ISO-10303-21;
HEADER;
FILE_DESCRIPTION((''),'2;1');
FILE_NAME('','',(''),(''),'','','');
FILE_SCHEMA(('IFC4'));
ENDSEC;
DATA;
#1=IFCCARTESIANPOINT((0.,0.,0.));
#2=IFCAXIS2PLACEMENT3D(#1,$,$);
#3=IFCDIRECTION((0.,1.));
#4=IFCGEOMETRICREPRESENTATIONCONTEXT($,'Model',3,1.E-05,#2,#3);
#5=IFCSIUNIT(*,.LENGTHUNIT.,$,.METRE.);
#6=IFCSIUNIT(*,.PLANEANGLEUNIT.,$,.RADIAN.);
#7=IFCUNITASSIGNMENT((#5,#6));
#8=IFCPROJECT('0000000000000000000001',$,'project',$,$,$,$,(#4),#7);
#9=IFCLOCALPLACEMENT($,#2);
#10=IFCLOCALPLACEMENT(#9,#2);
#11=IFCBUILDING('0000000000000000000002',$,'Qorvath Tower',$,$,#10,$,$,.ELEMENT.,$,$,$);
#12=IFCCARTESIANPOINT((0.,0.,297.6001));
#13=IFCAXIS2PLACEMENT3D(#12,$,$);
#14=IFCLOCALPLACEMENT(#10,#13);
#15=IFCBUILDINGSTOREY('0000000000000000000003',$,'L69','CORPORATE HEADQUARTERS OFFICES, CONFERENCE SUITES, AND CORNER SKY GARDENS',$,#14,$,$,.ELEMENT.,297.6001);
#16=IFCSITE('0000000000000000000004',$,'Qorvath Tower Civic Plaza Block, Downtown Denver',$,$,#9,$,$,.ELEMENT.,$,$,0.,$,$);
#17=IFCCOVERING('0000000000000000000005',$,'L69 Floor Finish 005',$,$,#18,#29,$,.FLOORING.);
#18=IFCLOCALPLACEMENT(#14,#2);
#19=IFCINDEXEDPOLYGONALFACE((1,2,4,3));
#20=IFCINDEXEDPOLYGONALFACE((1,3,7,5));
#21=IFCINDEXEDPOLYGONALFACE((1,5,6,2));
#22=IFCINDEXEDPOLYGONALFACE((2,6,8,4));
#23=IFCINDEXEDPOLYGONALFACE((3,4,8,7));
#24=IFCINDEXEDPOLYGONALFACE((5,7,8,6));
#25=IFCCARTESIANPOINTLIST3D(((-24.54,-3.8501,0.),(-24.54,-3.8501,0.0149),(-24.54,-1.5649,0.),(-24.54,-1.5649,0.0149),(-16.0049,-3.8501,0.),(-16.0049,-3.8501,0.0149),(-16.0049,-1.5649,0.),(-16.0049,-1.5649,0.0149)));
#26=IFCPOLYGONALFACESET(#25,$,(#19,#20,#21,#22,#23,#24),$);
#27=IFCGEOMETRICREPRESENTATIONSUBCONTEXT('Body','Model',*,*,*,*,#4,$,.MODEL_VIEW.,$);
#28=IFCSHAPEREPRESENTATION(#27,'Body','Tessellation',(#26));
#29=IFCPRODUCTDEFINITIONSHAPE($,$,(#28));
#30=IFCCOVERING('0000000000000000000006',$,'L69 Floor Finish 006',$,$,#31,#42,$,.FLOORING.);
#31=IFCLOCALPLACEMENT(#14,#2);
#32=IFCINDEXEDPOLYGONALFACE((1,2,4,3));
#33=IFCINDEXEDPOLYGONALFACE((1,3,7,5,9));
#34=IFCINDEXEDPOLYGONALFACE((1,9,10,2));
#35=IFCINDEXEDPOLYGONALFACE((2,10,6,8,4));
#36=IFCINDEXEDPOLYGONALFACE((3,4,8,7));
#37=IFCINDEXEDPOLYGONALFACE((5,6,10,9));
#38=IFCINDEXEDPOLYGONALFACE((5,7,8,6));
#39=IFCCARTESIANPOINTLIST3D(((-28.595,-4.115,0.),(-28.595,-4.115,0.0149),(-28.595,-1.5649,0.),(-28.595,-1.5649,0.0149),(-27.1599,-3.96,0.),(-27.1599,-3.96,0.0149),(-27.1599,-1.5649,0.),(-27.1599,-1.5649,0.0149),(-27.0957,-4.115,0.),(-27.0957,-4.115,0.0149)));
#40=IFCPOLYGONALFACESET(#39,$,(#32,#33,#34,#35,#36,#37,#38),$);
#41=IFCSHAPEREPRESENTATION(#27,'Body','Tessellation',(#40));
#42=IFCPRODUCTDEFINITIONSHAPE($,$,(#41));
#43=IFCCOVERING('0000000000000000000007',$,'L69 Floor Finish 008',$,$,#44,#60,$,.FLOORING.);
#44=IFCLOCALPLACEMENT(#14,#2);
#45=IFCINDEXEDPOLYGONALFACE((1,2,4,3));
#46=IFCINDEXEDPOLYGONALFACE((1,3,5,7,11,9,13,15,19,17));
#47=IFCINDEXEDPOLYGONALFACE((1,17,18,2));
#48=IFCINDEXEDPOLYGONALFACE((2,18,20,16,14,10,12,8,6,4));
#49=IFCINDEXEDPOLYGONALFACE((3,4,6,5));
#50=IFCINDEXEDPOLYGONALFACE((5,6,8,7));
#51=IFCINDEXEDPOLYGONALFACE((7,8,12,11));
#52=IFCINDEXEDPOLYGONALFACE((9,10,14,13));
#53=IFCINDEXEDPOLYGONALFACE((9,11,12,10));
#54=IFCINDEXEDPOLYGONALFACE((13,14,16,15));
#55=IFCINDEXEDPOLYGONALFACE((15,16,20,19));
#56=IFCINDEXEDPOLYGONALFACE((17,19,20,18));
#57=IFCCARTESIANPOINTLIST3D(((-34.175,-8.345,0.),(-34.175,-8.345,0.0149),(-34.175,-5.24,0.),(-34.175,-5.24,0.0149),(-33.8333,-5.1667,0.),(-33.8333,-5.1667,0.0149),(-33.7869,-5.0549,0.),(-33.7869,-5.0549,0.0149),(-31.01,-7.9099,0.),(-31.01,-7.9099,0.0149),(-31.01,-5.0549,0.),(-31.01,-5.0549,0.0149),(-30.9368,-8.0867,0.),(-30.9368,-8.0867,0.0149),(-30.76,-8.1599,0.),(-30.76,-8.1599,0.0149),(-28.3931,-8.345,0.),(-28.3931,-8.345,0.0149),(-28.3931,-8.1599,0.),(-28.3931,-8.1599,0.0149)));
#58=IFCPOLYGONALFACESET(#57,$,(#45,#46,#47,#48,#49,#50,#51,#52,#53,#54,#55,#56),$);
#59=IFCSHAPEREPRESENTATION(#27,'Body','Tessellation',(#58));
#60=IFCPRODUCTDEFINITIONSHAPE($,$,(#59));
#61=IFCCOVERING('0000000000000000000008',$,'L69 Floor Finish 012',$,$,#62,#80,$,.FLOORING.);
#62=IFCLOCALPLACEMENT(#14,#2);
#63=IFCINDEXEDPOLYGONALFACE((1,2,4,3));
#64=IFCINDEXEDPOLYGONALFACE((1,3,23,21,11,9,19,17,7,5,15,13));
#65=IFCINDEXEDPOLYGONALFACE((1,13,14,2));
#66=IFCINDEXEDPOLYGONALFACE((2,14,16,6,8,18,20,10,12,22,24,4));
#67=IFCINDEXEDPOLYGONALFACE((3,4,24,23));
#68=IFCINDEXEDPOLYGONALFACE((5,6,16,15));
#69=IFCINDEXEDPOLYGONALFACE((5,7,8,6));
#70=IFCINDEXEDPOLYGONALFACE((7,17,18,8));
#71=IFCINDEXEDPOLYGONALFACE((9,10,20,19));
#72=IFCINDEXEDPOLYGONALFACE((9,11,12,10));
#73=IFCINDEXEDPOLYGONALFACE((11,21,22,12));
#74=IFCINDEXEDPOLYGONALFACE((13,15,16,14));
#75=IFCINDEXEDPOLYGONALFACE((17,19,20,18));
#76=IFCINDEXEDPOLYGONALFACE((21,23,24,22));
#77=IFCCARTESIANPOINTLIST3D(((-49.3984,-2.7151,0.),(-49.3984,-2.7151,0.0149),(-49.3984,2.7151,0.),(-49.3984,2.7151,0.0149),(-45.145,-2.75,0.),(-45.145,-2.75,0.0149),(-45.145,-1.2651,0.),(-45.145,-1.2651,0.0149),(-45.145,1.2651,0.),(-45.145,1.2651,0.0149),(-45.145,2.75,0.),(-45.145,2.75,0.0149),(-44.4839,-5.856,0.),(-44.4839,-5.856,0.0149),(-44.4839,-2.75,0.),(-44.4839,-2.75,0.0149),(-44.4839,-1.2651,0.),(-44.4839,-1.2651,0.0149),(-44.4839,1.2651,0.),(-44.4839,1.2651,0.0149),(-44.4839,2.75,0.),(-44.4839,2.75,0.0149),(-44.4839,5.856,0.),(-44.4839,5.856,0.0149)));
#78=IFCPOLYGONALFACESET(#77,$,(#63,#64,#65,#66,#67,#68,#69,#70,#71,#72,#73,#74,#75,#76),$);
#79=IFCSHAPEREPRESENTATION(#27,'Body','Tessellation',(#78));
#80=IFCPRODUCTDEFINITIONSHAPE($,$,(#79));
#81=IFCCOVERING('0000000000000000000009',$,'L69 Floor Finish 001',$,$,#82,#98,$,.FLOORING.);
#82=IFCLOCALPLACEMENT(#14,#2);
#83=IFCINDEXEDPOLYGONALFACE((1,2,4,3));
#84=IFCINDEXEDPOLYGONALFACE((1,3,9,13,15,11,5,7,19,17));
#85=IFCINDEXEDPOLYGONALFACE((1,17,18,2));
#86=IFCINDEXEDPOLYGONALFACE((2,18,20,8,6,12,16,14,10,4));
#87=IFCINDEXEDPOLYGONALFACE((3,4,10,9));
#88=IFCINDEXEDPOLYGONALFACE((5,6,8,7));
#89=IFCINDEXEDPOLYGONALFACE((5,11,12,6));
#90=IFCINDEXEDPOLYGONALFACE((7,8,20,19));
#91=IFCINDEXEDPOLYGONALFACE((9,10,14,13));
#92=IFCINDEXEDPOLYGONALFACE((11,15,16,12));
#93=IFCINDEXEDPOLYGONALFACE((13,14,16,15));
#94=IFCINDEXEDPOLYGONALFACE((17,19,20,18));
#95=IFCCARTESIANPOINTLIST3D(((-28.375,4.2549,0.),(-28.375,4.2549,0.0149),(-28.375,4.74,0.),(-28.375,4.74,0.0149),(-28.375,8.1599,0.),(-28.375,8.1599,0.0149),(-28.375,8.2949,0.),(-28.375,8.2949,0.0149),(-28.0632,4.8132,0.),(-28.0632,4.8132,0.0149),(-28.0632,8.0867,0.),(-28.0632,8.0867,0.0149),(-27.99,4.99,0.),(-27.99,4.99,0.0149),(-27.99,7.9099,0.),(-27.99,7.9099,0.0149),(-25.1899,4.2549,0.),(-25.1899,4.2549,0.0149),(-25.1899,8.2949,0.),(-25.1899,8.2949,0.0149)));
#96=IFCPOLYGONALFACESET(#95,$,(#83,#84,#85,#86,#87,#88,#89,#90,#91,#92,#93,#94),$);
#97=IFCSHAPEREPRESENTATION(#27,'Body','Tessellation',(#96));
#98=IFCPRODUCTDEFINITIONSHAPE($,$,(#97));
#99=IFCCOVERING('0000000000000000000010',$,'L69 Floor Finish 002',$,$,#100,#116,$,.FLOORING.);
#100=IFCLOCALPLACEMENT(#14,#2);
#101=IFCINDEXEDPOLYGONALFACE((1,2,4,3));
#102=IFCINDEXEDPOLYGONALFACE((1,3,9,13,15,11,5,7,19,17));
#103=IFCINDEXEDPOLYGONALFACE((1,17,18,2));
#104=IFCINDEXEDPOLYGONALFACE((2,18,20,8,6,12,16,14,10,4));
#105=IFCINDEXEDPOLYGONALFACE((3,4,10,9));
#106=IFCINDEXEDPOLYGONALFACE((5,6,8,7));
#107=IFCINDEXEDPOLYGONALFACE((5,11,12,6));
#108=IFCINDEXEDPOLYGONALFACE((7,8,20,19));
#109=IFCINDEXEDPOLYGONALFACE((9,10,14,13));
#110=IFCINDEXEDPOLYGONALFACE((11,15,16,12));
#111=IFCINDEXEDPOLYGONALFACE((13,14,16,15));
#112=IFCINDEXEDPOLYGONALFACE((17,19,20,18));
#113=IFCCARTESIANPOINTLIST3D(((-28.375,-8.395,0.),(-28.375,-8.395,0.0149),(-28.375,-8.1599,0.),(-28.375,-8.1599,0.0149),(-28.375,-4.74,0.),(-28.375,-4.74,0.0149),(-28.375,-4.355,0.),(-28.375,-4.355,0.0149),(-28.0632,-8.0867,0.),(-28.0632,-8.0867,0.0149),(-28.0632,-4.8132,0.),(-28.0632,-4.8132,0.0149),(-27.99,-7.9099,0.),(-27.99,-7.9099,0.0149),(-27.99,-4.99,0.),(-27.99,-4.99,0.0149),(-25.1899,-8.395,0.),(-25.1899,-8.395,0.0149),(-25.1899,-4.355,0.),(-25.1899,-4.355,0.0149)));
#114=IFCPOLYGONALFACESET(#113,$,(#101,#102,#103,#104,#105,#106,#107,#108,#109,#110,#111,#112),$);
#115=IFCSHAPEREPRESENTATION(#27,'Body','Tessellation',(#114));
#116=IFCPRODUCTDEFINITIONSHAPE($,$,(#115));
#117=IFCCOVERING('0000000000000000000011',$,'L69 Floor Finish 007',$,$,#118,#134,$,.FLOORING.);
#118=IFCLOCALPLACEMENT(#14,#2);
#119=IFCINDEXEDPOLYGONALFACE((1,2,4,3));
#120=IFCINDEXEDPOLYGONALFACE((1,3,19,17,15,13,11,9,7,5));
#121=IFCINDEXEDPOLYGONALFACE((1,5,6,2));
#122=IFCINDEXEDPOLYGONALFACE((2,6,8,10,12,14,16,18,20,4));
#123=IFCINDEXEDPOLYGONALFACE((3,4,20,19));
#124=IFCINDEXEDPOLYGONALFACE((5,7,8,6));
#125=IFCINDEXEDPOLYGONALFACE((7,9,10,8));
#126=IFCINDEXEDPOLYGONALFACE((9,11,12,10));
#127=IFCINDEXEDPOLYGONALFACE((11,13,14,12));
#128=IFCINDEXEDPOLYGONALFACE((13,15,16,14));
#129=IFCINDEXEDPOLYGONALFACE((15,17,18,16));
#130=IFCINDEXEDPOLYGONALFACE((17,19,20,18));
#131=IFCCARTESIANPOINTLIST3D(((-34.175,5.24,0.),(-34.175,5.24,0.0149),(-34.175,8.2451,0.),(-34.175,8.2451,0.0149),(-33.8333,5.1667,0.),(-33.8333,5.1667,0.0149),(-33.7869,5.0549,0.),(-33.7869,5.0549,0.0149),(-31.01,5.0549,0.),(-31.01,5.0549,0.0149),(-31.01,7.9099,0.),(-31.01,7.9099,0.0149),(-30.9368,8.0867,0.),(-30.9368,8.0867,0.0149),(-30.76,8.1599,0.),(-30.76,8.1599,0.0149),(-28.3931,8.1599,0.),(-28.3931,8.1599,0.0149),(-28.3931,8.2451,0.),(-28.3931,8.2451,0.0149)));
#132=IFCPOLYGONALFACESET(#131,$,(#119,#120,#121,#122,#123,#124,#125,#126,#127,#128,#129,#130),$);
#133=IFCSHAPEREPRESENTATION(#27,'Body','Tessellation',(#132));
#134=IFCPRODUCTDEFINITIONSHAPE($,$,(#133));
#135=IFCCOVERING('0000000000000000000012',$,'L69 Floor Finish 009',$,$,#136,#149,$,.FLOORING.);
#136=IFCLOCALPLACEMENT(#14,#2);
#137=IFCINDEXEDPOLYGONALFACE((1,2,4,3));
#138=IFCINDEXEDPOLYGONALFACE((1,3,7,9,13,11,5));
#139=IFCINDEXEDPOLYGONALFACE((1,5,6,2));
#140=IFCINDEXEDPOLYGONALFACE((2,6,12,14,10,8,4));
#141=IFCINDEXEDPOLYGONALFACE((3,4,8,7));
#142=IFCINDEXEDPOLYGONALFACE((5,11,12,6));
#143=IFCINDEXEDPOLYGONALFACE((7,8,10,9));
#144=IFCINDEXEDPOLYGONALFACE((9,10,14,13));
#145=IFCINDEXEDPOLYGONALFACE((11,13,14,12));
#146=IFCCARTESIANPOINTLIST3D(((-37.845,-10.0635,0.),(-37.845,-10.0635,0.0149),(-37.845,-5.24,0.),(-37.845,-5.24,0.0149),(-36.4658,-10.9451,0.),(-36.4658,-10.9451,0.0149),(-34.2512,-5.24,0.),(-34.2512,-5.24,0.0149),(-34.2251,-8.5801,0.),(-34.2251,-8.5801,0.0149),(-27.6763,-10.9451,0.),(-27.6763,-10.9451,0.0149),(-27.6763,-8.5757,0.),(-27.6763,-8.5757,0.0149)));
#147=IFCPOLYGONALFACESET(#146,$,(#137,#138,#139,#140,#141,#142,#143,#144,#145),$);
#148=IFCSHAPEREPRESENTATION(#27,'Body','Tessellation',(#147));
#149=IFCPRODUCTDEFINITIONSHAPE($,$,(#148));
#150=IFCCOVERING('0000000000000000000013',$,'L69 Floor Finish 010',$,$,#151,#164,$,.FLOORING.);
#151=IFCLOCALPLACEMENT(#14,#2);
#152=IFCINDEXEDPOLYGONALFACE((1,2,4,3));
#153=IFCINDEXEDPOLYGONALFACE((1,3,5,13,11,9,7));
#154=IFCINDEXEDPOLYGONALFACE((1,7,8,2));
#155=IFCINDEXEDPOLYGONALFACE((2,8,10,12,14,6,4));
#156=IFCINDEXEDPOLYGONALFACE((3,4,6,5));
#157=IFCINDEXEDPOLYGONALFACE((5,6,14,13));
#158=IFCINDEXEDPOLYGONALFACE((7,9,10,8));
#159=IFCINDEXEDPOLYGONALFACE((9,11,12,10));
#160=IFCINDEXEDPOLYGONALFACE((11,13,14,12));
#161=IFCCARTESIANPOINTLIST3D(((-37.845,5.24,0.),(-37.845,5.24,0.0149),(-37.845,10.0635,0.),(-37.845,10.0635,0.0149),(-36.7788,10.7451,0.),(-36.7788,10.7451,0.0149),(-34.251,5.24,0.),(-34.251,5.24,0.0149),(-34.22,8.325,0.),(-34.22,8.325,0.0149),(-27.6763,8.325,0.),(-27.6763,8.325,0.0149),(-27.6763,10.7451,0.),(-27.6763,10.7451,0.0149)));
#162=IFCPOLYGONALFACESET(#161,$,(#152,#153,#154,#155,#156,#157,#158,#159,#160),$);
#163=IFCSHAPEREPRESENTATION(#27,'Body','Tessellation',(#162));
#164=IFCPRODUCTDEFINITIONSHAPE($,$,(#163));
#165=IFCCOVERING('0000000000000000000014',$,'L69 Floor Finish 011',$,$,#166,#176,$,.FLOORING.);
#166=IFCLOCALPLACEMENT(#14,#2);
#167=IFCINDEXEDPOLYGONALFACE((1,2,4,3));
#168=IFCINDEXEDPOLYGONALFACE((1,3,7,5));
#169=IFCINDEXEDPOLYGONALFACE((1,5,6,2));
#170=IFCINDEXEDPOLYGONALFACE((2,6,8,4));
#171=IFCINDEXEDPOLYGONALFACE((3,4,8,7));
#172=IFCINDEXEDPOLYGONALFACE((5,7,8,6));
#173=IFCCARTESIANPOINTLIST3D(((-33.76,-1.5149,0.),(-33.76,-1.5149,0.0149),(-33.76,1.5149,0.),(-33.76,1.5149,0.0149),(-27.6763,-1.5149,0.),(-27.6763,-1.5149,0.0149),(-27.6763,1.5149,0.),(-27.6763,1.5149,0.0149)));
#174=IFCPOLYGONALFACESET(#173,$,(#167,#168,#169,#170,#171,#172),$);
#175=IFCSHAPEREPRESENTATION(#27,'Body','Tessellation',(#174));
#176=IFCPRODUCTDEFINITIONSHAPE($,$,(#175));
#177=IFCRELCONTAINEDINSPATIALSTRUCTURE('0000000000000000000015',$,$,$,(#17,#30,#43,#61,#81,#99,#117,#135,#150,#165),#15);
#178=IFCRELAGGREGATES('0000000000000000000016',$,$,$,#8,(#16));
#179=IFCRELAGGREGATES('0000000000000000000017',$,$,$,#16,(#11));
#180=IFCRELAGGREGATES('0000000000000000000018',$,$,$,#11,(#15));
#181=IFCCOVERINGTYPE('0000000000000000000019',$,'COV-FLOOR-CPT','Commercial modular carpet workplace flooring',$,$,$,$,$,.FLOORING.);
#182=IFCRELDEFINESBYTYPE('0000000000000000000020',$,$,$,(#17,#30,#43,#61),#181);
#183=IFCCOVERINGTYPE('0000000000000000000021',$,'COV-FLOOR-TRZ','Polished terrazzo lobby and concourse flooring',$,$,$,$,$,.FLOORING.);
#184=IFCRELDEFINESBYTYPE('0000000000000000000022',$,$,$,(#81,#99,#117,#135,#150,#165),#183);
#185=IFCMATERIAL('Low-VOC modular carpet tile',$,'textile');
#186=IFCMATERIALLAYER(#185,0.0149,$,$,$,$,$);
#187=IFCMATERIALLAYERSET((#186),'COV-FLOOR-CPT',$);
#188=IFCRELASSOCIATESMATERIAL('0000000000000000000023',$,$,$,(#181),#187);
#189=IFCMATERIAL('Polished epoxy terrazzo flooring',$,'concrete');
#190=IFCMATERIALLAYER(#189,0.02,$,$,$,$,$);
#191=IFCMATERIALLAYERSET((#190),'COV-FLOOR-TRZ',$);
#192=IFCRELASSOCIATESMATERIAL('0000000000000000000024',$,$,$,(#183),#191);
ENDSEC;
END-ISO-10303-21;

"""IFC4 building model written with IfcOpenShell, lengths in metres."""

from ifc_helpers import new_model, si_unit, direction, frame, origin, place, context, subcontext, project, spatial, polyline, outline, extrude, material, layer, layer_set, type_object, element, save


model = new_model("IFC4")

# Units and contexts
model_context = context("Model", 3, precision=1e-05, world=origin(), true_north=direction((0.0, 1.0)))
body_context = subcontext(model_context, "Body", "Model", "MODEL_VIEW")
ifc_project = project(units=[si_unit("LENGTHUNIT", "METRE"), si_unit("PLANEANGLEUNIT", "RADIAN")], contexts=[model_context])

# Site, building, storey
site_placement = place(None, origin())
site = spatial("IfcSite", under=ifc_project, at=site_placement, Name="Qorvath Tower Civic Plaza Block, Downtown Denver", CompositionType="ELEMENT", RefElevation=0.0)
building_placement = place(site_placement, origin())
building = spatial("IfcBuilding", under=site, at=building_placement, Name="Qorvath Tower", CompositionType="ELEMENT")
storey_placement = place(building_placement, frame((0.0, 0.0, 297.6001)))
storey = spatial("IfcBuildingStorey", under=building, at=storey_placement, Name="L69", Description="CORPORATE HEADQUARTERS OFFICES, CONFERENCE SUITES, AND CORNER SKY GARDENS", CompositionType="ELEMENT", Elevation=297.6001)

# Coverings
ifc_material_1 = material(Name="Low-VOC modular carpet tile", Category="textile")
ifc_layer_1 = layer(ifc_material_1, 0.0149)
ifc_layer_set_1 = layer_set([ifc_layer_1], Name="COV-FLOOR-CPT")
covering_type_1 = type_object("IfcCoveringType", Name="COV-FLOOR-CPT", Description="Commercial modular carpet workplace flooring", PredefinedType="FLOORING", material=ifc_layer_set_1)
covering_1_placement = place(storey_placement, origin())
element("IfcCovering", 1, at=covering_1_placement, inside=storey, type_object=covering_type_1, Name="L69 Floor Finish 005", PredefinedType="FLOORING", context=body_context, shape_type="SweptSolid", body=[
    extrude(outline(polyline([(-24.54, -1.5649), (-24.54, -3.8501), (-16.0049, -3.8501), (-16.0049, -1.5649), (-24.54, -1.5649)])), origin(), (0.0, 0.0, 1.0), 0.0149),
])
covering_2_placement = place(storey_placement, origin())
element("IfcCovering", 2, at=covering_2_placement, inside=storey, type_object=covering_type_1, Name="L69 Floor Finish 006", PredefinedType="FLOORING", context=body_context, shape_type="SweptSolid", body=[
    extrude(outline(polyline([(-27.0957, -4.115), (-27.1599, -3.96), (-27.1599, -1.5649), (-28.595, -1.5649), (-28.595, -4.115), (-27.0957, -4.115)])), origin(), (0.0, 0.0, 1.0), 0.0149),
])
covering_3_placement = place(storey_placement, origin())
element("IfcCovering", 3, at=covering_3_placement, inside=storey, type_object=covering_type_1, Name="L69 Floor Finish 008", PredefinedType="FLOORING", context=body_context, shape_type="SweptSolid", body=[
    extrude(outline(polyline([(-33.7869, -5.0549), (-33.8333, -5.1667), (-34.175, -5.24), (-34.175, -8.345), (-28.3931, -8.345), (-28.3931, -8.1599), (-30.76, -8.1599), (-30.9368, -8.0867), (-31.01, -7.9099), (-31.01, -5.0549), (-33.7869, -5.0549)])), origin(), (0.0, 0.0, 1.0), 0.0149),
])
covering_4_placement = place(storey_placement, origin())
element("IfcCovering", 4, at=covering_4_placement, inside=storey, type_object=covering_type_1, Name="L69 Floor Finish 012", PredefinedType="FLOORING", context=body_context, shape_type="SweptSolid", body=[
    extrude(outline(polyline([(-44.4839, -5.856), (-44.4839, -2.75), (-45.145, -2.75), (-45.145, -1.2651), (-44.4839, -1.2651), (-44.4839, 1.2651), (-45.145, 1.2651), (-45.145, 2.75), (-44.4839, 2.75), (-44.4839, 5.856), (-49.3984, 2.7151), (-49.3984, -2.7151), (-44.4839, -5.856)])), origin(), (0.0, 0.0, 1.0), 0.0149),
])
ifc_material_2 = material(Name="Polished epoxy terrazzo flooring", Category="concrete")
ifc_layer_2 = layer(ifc_material_2, 0.02)
ifc_layer_set_2 = layer_set([ifc_layer_2], Name="COV-FLOOR-TRZ")
covering_type_2 = type_object("IfcCoveringType", Name="COV-FLOOR-TRZ", Description="Polished terrazzo lobby and concourse flooring", PredefinedType="FLOORING", material=ifc_layer_set_2)
covering_5_placement = place(storey_placement, origin())
element("IfcCovering", 5, at=covering_5_placement, inside=storey, type_object=covering_type_2, Name="L69 Floor Finish 001", PredefinedType="FLOORING", context=body_context, shape_type="SweptSolid", body=[
    extrude(outline(polyline([(-25.1899, 4.2549), (-25.1899, 8.2949), (-28.375, 8.2949), (-28.375, 8.1599), (-28.0632, 8.0867), (-27.99, 7.9099), (-27.99, 4.99), (-28.0632, 4.8132), (-28.375, 4.74), (-28.375, 4.2549), (-25.1899, 4.2549)])), origin(), (0.0, 0.0, 1.0), 0.0149),
])
covering_6_placement = place(storey_placement, origin())
element("IfcCovering", 6, at=covering_6_placement, inside=storey, type_object=covering_type_2, Name="L69 Floor Finish 002", PredefinedType="FLOORING", context=body_context, shape_type="SweptSolid", body=[
    extrude(outline(polyline([(-25.1899, -8.395), (-25.1899, -4.355), (-28.375, -4.355), (-28.375, -4.74), (-28.0632, -4.8132), (-27.99, -4.99), (-27.99, -7.9099), (-28.0632, -8.0867), (-28.375, -8.1599), (-28.375, -8.395), (-25.1899, -8.395)])), origin(), (0.0, 0.0, 1.0), 0.0149),
])
covering_7_placement = place(storey_placement, origin())
element("IfcCovering", 7, at=covering_7_placement, inside=storey, type_object=covering_type_2, Name="L69 Floor Finish 007", PredefinedType="FLOORING", context=body_context, shape_type="SweptSolid", body=[
    extrude(outline(polyline([(-31.01, 5.0549), (-31.01, 7.9099), (-30.9368, 8.0867), (-30.76, 8.1599), (-28.3931, 8.1599), (-28.3931, 8.2451), (-34.175, 8.2451), (-34.175, 5.24), (-33.8333, 5.1667), (-33.7869, 5.0549), (-31.01, 5.0549)])), origin(), (0.0, 0.0, 1.0), 0.0149),
])
covering_8_placement = place(storey_placement, origin())
element("IfcCovering", 8, at=covering_8_placement, inside=storey, type_object=covering_type_2, Name="L69 Floor Finish 009", PredefinedType="FLOORING", context=body_context, shape_type="SweptSolid", body=[
    extrude(outline(polyline([(-34.2251, -8.5801), (-34.2512, -5.24), (-37.845, -5.24), (-37.845, -10.0635), (-36.4658, -10.9451), (-27.6763, -10.9451), (-27.6763, -8.5757), (-34.2251, -8.5801)])), origin(), (0.0, 0.0, 1.0), 0.0149),
])
covering_9_placement = place(storey_placement, origin())
element("IfcCovering", 9, at=covering_9_placement, inside=storey, type_object=covering_type_2, Name="L69 Floor Finish 010", PredefinedType="FLOORING", context=body_context, shape_type="SweptSolid", body=[
    extrude(outline(polyline([(-27.6763, 8.325), (-27.6763, 10.7451), (-36.7788, 10.7451), (-37.845, 10.0635), (-37.845, 5.24), (-34.251, 5.24), (-34.22, 8.325), (-27.6763, 8.325)])), origin(), (0.0, 0.0, 1.0), 0.0149),
])
covering_10_placement = place(storey_placement, origin())
element("IfcCovering", 10, at=covering_10_placement, inside=storey, type_object=covering_type_2, Name="L69 Floor Finish 011", PredefinedType="FLOORING", context=body_context, shape_type="SweptSolid", body=[
    extrude(outline(polyline([(-27.6763, -1.5149), (-27.6763, 1.5149), (-33.76, 1.5149), (-33.76, -1.5149), (-27.6763, -1.5149)])), origin(), (0.0, 0.0, 1.0), 0.0149),
])

save(model, "model.ifc")
